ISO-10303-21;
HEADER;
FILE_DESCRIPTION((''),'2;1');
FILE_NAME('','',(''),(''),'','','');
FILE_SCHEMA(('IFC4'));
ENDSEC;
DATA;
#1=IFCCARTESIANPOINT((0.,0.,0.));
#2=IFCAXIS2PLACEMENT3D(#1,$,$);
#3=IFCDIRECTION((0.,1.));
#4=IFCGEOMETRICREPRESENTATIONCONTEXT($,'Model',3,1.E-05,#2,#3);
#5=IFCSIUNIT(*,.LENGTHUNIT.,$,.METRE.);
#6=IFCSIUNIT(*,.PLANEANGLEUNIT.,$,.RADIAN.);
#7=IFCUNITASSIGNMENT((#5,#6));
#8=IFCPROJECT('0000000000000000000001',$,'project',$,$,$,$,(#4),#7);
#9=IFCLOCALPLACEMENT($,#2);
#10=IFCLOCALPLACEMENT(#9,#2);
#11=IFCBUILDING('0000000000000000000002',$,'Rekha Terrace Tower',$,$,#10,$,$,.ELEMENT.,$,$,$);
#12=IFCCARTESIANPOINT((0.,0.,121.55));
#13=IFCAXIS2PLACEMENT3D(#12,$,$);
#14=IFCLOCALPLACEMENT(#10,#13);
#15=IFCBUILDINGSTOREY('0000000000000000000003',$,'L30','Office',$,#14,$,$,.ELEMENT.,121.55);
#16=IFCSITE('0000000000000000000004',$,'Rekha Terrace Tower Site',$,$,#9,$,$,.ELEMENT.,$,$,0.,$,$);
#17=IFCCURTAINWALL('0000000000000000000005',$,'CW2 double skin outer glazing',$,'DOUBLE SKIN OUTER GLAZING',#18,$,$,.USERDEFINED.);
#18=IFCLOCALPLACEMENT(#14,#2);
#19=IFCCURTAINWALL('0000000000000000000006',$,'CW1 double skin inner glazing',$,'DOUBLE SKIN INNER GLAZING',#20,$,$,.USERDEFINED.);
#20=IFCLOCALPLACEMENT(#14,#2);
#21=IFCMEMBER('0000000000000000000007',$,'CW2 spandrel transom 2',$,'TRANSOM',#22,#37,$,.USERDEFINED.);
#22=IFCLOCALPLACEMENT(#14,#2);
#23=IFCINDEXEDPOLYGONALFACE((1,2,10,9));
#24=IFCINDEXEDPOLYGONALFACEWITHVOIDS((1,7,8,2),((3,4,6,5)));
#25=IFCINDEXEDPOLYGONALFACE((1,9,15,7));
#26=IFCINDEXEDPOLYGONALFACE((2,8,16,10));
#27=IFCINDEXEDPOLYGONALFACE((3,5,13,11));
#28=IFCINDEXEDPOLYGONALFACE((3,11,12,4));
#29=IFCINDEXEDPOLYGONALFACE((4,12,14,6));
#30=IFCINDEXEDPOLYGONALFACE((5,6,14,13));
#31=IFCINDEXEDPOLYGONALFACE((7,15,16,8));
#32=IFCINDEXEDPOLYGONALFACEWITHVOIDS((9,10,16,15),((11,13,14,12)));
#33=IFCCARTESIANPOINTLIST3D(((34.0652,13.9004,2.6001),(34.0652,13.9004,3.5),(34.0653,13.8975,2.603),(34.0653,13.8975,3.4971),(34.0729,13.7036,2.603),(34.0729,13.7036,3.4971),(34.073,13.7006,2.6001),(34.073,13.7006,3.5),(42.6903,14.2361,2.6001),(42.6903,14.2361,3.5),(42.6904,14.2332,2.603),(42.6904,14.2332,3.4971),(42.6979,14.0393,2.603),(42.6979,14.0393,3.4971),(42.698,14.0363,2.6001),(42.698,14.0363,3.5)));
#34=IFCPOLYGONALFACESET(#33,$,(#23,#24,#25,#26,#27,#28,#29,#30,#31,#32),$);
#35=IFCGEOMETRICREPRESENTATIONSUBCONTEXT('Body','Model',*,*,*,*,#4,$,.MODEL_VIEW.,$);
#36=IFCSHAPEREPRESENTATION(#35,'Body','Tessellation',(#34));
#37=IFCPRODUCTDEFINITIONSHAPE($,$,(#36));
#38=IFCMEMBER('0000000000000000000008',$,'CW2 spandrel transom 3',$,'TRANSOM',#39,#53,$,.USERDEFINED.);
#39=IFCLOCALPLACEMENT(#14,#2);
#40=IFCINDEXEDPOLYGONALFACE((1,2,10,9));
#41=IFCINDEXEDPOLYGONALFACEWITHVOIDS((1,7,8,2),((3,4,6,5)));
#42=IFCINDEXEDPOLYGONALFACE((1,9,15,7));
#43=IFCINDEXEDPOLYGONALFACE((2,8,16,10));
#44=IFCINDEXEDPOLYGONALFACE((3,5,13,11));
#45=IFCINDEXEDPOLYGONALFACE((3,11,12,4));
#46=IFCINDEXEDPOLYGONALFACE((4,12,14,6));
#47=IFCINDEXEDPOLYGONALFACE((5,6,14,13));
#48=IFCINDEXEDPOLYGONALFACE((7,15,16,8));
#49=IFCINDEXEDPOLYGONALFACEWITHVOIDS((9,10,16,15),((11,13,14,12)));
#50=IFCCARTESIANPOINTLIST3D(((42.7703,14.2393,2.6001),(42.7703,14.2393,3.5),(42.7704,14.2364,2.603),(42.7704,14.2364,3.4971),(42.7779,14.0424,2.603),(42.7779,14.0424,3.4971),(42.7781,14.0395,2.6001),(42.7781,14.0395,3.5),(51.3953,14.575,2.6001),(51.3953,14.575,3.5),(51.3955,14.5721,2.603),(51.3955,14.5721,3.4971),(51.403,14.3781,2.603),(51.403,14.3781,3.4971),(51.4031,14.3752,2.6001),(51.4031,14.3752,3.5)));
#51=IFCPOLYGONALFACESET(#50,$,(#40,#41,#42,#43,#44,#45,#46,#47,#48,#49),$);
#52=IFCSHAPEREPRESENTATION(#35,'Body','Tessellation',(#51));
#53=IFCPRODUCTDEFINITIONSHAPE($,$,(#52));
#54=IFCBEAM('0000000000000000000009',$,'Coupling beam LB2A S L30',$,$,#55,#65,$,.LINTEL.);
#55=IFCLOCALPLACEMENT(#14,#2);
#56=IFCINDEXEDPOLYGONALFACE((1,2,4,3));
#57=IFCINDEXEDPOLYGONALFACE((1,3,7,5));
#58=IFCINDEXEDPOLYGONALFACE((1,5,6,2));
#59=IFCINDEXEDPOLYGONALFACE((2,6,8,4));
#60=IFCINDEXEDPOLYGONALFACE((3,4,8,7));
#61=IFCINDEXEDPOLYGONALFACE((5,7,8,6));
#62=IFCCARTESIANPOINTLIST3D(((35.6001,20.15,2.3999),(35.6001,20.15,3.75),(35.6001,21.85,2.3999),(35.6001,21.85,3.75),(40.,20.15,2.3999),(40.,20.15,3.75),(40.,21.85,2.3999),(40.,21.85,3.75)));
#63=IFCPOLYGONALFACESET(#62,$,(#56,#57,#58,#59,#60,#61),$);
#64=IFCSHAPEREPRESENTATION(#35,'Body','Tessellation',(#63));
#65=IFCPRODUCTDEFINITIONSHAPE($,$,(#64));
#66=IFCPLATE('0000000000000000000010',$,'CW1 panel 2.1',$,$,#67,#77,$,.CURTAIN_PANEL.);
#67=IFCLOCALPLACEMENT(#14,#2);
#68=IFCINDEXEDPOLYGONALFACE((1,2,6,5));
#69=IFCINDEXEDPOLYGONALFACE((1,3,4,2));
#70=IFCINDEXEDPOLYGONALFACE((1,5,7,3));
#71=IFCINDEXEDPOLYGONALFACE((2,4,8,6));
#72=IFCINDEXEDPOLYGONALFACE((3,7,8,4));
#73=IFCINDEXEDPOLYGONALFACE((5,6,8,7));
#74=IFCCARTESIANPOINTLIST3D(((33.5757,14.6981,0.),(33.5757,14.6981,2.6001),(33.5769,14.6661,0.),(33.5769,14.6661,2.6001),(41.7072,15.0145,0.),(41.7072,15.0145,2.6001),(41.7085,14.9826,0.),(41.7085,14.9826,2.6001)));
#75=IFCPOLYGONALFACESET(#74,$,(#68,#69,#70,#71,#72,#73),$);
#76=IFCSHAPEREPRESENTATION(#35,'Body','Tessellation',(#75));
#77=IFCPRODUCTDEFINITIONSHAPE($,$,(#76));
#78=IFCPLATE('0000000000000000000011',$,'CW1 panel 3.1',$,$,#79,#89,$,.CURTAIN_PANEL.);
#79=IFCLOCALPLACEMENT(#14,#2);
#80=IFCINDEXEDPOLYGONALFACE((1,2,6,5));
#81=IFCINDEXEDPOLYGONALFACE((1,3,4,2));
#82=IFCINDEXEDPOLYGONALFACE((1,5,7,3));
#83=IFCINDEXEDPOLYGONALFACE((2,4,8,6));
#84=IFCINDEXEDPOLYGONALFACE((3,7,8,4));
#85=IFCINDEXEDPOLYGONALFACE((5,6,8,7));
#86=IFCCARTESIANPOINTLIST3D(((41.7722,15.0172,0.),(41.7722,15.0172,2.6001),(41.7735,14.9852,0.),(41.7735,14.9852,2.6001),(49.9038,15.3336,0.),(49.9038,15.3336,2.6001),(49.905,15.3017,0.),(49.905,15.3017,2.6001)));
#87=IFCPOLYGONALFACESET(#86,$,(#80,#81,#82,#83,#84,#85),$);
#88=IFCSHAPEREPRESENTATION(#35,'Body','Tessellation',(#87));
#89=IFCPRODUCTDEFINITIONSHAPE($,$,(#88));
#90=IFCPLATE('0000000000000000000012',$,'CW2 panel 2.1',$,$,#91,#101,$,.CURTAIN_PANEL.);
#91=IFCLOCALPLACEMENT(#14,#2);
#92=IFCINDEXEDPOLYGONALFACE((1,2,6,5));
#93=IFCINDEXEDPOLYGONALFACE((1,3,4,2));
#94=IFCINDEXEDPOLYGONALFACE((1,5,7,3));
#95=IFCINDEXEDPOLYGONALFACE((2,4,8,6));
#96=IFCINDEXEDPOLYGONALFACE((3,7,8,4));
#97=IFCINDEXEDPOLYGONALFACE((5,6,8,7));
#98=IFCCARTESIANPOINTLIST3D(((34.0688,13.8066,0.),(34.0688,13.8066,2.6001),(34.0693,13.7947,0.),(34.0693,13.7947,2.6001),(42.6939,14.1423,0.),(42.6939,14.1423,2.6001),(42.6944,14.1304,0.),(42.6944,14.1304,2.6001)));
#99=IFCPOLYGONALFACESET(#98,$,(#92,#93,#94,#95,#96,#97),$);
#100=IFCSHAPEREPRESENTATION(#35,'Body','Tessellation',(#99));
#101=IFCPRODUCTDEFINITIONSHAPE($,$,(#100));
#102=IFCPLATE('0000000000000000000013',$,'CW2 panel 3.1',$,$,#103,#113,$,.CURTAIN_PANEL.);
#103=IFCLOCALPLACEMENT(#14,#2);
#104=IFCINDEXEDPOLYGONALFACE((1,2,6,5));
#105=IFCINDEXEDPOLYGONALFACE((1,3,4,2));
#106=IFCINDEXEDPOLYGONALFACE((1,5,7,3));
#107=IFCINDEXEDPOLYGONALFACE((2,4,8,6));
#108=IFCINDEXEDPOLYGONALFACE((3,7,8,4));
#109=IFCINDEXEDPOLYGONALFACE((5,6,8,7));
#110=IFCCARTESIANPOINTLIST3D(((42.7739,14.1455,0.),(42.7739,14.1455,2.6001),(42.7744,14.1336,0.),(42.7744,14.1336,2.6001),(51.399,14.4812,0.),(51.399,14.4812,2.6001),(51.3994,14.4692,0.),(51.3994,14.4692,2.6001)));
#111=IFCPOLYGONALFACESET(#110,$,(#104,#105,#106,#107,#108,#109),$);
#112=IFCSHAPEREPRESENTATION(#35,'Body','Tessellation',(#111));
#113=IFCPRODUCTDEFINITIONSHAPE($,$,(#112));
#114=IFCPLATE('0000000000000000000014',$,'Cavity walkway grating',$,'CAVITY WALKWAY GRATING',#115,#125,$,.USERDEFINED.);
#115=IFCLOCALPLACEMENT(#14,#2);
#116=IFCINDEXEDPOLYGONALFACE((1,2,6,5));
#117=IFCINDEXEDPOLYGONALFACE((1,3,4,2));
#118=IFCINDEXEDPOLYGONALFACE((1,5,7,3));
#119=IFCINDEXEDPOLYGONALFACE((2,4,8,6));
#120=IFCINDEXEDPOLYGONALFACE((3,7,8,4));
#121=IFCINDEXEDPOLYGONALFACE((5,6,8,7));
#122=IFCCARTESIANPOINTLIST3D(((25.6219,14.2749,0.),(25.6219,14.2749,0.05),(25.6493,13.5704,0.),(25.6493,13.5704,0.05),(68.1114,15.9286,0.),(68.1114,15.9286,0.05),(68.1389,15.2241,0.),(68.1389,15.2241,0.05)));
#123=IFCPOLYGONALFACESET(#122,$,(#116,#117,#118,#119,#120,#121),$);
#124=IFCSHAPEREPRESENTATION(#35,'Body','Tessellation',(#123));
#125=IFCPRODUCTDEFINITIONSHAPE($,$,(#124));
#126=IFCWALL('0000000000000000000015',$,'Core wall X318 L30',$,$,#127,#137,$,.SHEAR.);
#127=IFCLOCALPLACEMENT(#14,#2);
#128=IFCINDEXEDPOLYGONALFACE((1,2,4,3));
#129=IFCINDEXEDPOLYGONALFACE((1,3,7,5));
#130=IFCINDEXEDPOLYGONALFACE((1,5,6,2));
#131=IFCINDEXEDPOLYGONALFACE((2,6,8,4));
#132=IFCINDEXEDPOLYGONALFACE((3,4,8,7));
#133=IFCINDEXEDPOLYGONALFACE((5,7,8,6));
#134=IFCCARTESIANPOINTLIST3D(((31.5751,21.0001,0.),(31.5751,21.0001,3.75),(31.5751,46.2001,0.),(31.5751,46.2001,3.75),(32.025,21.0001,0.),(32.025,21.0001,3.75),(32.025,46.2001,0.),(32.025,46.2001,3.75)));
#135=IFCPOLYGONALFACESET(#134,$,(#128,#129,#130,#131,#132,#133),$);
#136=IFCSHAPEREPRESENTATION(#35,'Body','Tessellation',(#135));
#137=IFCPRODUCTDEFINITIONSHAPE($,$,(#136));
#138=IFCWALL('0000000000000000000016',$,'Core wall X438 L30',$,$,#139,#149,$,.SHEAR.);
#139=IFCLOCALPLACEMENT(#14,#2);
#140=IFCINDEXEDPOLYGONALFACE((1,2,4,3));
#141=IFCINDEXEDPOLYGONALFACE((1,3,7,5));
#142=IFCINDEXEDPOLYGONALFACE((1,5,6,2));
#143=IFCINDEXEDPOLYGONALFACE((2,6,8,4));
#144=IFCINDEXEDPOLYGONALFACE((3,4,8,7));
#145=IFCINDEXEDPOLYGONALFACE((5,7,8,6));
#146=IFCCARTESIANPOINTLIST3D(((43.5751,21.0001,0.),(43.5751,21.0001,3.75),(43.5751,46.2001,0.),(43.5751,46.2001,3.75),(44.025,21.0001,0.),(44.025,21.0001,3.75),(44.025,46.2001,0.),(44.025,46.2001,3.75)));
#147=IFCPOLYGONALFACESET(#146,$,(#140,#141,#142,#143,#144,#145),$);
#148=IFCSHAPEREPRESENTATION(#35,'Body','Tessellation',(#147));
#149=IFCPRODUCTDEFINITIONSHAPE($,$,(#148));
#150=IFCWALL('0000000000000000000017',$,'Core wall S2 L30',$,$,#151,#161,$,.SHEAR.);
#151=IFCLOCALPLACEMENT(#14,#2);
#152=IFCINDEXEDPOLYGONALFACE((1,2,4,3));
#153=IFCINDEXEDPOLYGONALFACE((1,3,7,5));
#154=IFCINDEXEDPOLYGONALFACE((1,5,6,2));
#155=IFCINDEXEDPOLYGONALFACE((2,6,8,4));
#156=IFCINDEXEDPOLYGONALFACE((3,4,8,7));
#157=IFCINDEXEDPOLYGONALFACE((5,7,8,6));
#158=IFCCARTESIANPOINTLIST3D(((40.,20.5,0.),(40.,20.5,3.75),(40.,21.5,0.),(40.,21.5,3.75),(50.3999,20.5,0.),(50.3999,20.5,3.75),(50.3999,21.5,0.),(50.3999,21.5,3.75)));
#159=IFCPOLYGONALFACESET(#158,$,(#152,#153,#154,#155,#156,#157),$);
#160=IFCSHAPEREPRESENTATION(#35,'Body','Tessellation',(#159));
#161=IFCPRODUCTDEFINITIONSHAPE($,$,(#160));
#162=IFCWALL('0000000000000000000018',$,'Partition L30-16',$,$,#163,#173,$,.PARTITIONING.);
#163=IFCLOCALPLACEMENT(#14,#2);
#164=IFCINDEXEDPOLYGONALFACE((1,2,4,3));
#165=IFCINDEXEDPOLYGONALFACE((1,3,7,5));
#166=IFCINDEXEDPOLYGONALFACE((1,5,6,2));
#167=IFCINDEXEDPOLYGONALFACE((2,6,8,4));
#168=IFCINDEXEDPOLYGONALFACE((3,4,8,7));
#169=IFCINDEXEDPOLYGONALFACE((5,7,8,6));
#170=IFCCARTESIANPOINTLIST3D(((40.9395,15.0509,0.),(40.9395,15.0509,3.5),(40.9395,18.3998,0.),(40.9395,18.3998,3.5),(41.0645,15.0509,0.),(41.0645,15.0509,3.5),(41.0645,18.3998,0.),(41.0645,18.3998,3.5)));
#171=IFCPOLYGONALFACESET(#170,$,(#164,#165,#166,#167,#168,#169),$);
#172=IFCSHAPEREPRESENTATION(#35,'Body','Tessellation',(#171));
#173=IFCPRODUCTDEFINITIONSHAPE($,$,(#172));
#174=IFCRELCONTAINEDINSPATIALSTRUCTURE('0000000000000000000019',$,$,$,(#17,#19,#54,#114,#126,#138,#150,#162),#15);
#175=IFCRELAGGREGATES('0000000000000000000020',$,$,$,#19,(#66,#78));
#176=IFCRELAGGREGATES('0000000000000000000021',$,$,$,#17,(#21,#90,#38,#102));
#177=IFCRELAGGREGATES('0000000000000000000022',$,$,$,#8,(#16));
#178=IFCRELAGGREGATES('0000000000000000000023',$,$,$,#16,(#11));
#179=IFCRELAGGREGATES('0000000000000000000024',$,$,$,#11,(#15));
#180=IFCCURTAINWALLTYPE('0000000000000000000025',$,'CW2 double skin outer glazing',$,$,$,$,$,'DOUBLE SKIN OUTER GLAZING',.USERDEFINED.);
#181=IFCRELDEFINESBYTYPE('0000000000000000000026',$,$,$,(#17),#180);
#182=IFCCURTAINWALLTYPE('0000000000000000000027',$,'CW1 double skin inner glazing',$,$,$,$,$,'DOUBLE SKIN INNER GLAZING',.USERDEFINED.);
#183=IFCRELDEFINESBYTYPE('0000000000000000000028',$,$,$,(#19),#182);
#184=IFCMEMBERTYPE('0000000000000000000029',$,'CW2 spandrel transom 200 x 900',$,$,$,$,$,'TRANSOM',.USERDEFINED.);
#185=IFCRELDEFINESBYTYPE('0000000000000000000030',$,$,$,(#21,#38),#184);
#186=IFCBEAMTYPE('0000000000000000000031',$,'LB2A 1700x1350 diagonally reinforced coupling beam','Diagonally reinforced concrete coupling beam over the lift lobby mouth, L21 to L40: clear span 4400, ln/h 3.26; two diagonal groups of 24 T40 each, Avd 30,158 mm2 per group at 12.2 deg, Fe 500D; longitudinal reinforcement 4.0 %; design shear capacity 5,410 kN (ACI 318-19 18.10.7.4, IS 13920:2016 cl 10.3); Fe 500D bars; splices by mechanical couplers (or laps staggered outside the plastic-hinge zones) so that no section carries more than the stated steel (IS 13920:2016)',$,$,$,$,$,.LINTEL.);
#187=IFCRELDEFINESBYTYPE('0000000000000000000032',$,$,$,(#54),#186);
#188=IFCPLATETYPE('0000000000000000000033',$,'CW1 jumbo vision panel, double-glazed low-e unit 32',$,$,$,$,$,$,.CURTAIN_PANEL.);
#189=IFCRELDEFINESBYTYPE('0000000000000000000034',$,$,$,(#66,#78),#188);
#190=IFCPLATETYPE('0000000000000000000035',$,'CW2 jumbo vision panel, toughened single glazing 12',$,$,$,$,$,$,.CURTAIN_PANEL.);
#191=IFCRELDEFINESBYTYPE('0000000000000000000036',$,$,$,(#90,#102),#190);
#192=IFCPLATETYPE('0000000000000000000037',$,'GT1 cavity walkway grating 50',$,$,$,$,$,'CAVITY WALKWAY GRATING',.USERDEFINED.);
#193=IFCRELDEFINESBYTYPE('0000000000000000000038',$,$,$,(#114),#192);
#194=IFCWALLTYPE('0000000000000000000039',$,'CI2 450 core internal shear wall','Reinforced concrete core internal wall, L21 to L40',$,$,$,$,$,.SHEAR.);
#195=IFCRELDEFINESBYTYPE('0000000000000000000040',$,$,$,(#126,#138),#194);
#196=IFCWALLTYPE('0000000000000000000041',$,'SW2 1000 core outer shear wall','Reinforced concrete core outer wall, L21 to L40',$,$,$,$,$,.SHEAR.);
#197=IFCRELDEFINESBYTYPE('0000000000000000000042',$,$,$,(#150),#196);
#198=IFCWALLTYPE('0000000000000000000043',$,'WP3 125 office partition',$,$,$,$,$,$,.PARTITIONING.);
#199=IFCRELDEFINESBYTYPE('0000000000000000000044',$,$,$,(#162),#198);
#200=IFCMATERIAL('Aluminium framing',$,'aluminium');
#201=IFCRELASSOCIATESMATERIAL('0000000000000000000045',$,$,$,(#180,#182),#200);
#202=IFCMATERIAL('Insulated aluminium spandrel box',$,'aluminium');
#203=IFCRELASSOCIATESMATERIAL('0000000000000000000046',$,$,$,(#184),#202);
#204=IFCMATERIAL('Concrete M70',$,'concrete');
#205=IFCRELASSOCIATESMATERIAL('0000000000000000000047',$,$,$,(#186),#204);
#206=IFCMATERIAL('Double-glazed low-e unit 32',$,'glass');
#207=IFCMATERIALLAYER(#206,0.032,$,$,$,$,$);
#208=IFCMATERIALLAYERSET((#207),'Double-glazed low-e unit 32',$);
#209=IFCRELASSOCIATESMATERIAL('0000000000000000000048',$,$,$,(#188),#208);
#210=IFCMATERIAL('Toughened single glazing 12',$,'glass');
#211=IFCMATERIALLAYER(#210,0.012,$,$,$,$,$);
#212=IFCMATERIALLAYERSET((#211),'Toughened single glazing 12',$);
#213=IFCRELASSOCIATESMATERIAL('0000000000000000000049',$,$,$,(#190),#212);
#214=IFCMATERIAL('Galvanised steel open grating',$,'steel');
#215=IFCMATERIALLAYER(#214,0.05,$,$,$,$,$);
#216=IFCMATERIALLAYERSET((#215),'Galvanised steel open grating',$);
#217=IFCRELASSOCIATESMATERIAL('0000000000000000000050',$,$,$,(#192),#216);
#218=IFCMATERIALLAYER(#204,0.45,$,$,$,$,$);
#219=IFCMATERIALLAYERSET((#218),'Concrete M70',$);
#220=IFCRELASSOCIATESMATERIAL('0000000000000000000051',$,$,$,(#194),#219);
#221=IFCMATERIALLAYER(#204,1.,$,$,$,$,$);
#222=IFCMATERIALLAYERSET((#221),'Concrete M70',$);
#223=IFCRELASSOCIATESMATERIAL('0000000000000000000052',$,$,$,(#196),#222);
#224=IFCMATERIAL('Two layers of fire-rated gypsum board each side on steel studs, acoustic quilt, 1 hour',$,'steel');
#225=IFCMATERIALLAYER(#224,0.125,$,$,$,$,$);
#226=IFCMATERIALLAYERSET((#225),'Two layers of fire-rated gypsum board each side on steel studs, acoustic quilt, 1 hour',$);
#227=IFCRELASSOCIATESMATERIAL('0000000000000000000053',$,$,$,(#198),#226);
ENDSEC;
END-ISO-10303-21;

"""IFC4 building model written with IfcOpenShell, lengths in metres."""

from ifc_helpers import new_model, si_unit, direction, frame, frame_2d, origin, origin_2d, place, context, subcontext, project, spatial, rectangle, hollow_rectangle, extrude, material, layer, layer_set, material_profile, profile_set, type_object, element, aggregate, save


model = new_model("IFC4")

# Units and contexts
model_context = context("Model", 3, precision=1e-05, world=origin(), true_north=direction((0.0, 1.0)))
body_context = subcontext(model_context, "Body", "Model", "MODEL_VIEW")
ifc_project = project(units=[si_unit("LENGTHUNIT", "METRE"), si_unit("PLANEANGLEUNIT", "RADIAN")], contexts=[model_context])

# Site, building, storey
site_placement = place(None, origin())
site = spatial("IfcSite", under=ifc_project, at=site_placement, Name="Rekha Terrace Tower Site", CompositionType="ELEMENT", RefElevation=0.0)
building_placement = place(site_placement, origin())
building = spatial("IfcBuilding", under=site, at=building_placement, Name="Rekha Terrace Tower", CompositionType="ELEMENT")
storey_placement = place(building_placement, frame((0.0, 0.0, 121.55)))
storey = spatial("IfcBuildingStorey", under=building, at=storey_placement, Name="L30", Description="Office", CompositionType="ELEMENT", Elevation=121.55)

# Shared definitions
ifc_material_1 = material(Name="Concrete M70", Category="concrete")

# Curtain walls
ifc_material_2 = material(Name="Aluminium framing", Category="aluminium")
curtain_wall_type_1 = type_object("IfcCurtainWallType", Name="CW2 double skin outer glazing", ElementType="DOUBLE SKIN OUTER GLAZING", PredefinedType="USERDEFINED", material=ifc_material_2)
curtain_wall_1_placement = place(storey_placement, origin())
curtain_wall_1 = element("IfcCurtainWall", 1, at=curtain_wall_1_placement, inside=storey, type_object=curtain_wall_type_1, Name="CW2 double skin outer glazing", ObjectType="DOUBLE SKIN OUTER GLAZING", PredefinedType="USERDEFINED")
curtain_wall_type_2 = type_object("IfcCurtainWallType", Name="CW1 double skin inner glazing", ElementType="DOUBLE SKIN INNER GLAZING", PredefinedType="USERDEFINED", material=ifc_material_2)
curtain_wall_2_placement = place(storey_placement, origin())
curtain_wall_2 = element("IfcCurtainWall", 2, at=curtain_wall_2_placement, inside=storey, type_object=curtain_wall_type_2, Name="CW1 double skin inner glazing", ObjectType="DOUBLE SKIN INNER GLAZING", PredefinedType="USERDEFINED")
ifc_material_3 = material(Name="Insulated aluminium spandrel box", Category="aluminium")

# Members
ifc_material_profile_1 = material_profile(ifc_material_3, hollow_rectangle(XDim=0.2, YDim=0.8999, WallThickness=0.0029, at=origin_2d()), Name="AL SPANDREL BOX 200x900")
ifc_profile_set_1 = profile_set([ifc_material_profile_1], Name="Insulated aluminium spandrel box")
member_type_1 = type_object("IfcMemberType", Name="CW2 spandrel transom 200 x 900", ElementType="TRANSOM", PredefinedType="USERDEFINED", material=ifc_profile_set_1)
member_1_placement = place(storey_placement, frame((34.0691, 13.8005, 3.05), z_axis=(0.999243, 0.038892, 0.0), x_axis=(-0.038892, 0.999243, 0.0)))
member_1 = element("IfcMember", 3, at=member_1_placement, type_object=member_type_1, Name="CW2 spandrel transom 2", ObjectType="TRANSOM", PredefinedType="USERDEFINED", context=body_context, shape_type="SweptSolid", body=[
    extrude(hollow_rectangle(XDim=0.2, YDim=0.8999, WallThickness=0.0029, at=origin_2d()), origin(), (0.0, 0.0, 1.0), 8.6316),
])
member_2_placement = place(storey_placement, frame((42.7742, 14.1394, 3.05), z_axis=(0.999243, 0.038892, 0.0), x_axis=(-0.038892, 0.999243, 0.0)))
member_2 = element("IfcMember", 4, at=member_2_placement, type_object=member_type_1, Name="CW2 spandrel transom 3", ObjectType="TRANSOM", PredefinedType="USERDEFINED", context=body_context, shape_type="SweptSolid", body=[
    extrude(hollow_rectangle(XDim=0.2, YDim=0.8999, WallThickness=0.0029, at=origin_2d()), origin(), (0.0, 0.0, 1.0), 8.6316),
])

# Beam
ifc_material_profile_2 = material_profile(ifc_material_1, rectangle(XDim=1.7, YDim=1.3501, at=origin_2d()), Name="RC 1700x1350")
ifc_profile_set_2 = profile_set([ifc_material_profile_2], Name="Concrete M70")
beam_type = type_object("IfcBeamType", Name="LB2A 1700x1350 diagonally reinforced coupling beam", Description="Diagonally reinforced concrete coupling beam over the lift lobby mouth, L21 to L40: clear span 4400, ln/h 3.26; two diagonal groups of 24 T40 each, Avd 30,158 mm2 per group at 12.2 deg, Fe 500D; longitudinal reinforcement 4.0 %; design shear capacity 5,410 kN (ACI 318-19 18.10.7.4, IS 13920:2016 cl 10.3); Fe 500D bars; splices by mechanical couplers (or laps staggered outside the plastic-hinge zones) so that no section carries more than the stated steel (IS 13920:2016)", PredefinedType="LINTEL", material=ifc_profile_set_2)
beam_placement = place(storey_placement, frame((35.6001, 21.0, 3.075), z_axis=(1.0, 0.0, 0.0), x_axis=(0.0, 1.0, 0.0)))
element("IfcBeam", 5, at=beam_placement, inside=storey, type_object=beam_type, Name="Coupling beam LB2A S L30", PredefinedType="LINTEL", context=body_context, shape_type="SweptSolid", body=[
    extrude(rectangle(XDim=1.7, YDim=1.3501, at=origin_2d()), origin(), (0.0, 0.0, 1.0), 4.3999),
])

# Plates
ifc_material_4 = material(Name="Double-glazed low-e unit 32", Category="glass")
ifc_layer_1 = layer(ifc_material_4, 0.032)
ifc_layer_set_1 = layer_set([ifc_layer_1], Name="Double-glazed low-e unit 32")
plate_type_1 = type_object("IfcPlateType", Name="CW1 jumbo vision panel, double-glazed low-e unit 32", PredefinedType="CURTAIN_PANEL", material=ifc_layer_set_1)
plate_1_placement = place(storey_placement, frame((37.6421, 14.8403, 0.0), z_axis=(0.0, 0.0, 1.0), x_axis=(0.999243, 0.03889, 0.0)))
plate_1 = element("IfcPlate", 6, at=plate_1_placement, type_object=plate_type_1, Name="CW1 panel 2.1", PredefinedType="CURTAIN_PANEL", context=body_context, shape_type="SweptSolid", body=[
    extrude(rectangle(XDim=8.1377, YDim=0.032, at=origin_2d()), origin(), (0.0, 0.0, 1.0), 2.6001),
])
plate_2_placement = place(storey_placement, frame((45.8386, 15.1594, 0.0), z_axis=(0.0, 0.0, 1.0), x_axis=(0.999243, 0.03889, 0.0)))
plate_2 = element("IfcPlate", 7, at=plate_2_placement, type_object=plate_type_1, Name="CW1 panel 3.1", PredefinedType="CURTAIN_PANEL", context=body_context, shape_type="SweptSolid", body=[
    extrude(rectangle(XDim=8.1377, YDim=0.032, at=origin_2d()), origin(), (0.0, 0.0, 1.0), 2.6001),
])
aggregate(curtain_wall_2, [plate_1, plate_2])
ifc_material_5 = material(Name="Toughened single glazing 12", Category="glass")
ifc_layer_2 = layer(ifc_material_5, 0.012)
ifc_layer_set_2 = layer_set([ifc_layer_2], Name="Toughened single glazing 12")
plate_type_2 = type_object("IfcPlateType", Name="CW2 jumbo vision panel, toughened single glazing 12", PredefinedType="CURTAIN_PANEL", material=ifc_layer_set_2)
plate_3_placement = place(storey_placement, frame((38.3816, 13.9685, 0.0), z_axis=(0.0, 0.0, 1.0), x_axis=(0.999243, 0.03889, 0.0)))
plate_3 = element("IfcPlate", 8, at=plate_3_placement, type_object=plate_type_2, Name="CW2 panel 2.1", PredefinedType="CURTAIN_PANEL", context=body_context, shape_type="SweptSolid", body=[
    extrude(rectangle(XDim=8.6316, YDim=0.012, at=origin_2d()), origin(), (0.0, 0.0, 1.0), 2.6001),
])
plate_4_placement = place(storey_placement, frame((47.0867, 14.3074, 0.0), z_axis=(0.0, 0.0, 1.0), x_axis=(0.999243, 0.03889, 0.0)))
plate_4 = element("IfcPlate", 9, at=plate_4_placement, type_object=plate_type_2, Name="CW2 panel 3.1", PredefinedType="CURTAIN_PANEL", context=body_context, shape_type="SweptSolid", body=[
    extrude(rectangle(XDim=8.6316, YDim=0.012, at=origin_2d()), origin(), (0.0, 0.0, 1.0), 2.6001),
])
aggregate(curtain_wall_1, [member_1, plate_3, member_2, plate_4])
ifc_material_6 = material(Name="Galvanised steel open grating", Category="steel")
ifc_layer_3 = layer(ifc_material_6, 0.05)
ifc_layer_set_3 = layer_set([ifc_layer_3], Name="Galvanised steel open grating")
plate_type_3 = type_object("IfcPlateType", Name="GT1 cavity walkway grating 50", ElementType="CAVITY WALKWAY GRATING", PredefinedType="USERDEFINED", material=ifc_layer_set_3)
plate_5_placement = place(storey_placement, frame((46.8804, 14.7495, 0.0), z_axis=(0.0, 0.0, 1.0), x_axis=(0.999243, 0.03889, 0.0)))
element("IfcPlate", 10, at=plate_5_placement, inside=storey, type_object=plate_type_3, Name="Cavity walkway grating", ObjectType="CAVITY WALKWAY GRATING", PredefinedType="USERDEFINED", context=body_context, shape_type="SweptSolid", body=[
    extrude(rectangle(XDim=42.5217, YDim=0.7051, at=origin_2d()), origin(), (0.0, 0.0, 1.0), 0.05),
])

# Walls
ifc_layer_4 = layer(ifc_material_1, 0.45)
ifc_layer_set_4 = layer_set([ifc_layer_4], Name="Concrete M70")
wall_type_1 = type_object("IfcWallType", Name="CI2 450 core internal shear wall", Description="Reinforced concrete core internal wall, L21 to L40", PredefinedType="SHEAR", material=ifc_layer_set_4)
for number, where, z_axis, x_axis, name in (
    (11, (31.8, 21.0, 0.0), (0.0, 0.0, 1.0), (0.0, 1.0, 0.0), "Core wall X318 L30"),
    (12, (43.8, 21.0, 0.0), (0.0, 0.0, 1.0), (0.0, 1.0, 0.0), "Core wall X438 L30"),
):
    element("IfcWall", number, at=place(storey_placement, frame(where, z_axis=z_axis, x_axis=x_axis)), inside=storey, type_object=wall_type_1, Name=name, PredefinedType="SHEAR", context=body_context, shape_type="SweptSolid", body=[
        extrude(rectangle(XDim=25.2, YDim=0.45, at=frame_2d((12.6001, 0.0))), origin(), (0.0, 0.0, 1.0), 3.75),
    ])
ifc_layer_5 = layer(ifc_material_1, 1.0)
ifc_layer_set_5 = layer_set([ifc_layer_5], Name="Concrete M70")
wall_type_2 = type_object("IfcWallType", Name="SW2 1000 core outer shear wall", Description="Reinforced concrete core outer wall, L21 to L40", PredefinedType="SHEAR", material=ifc_layer_set_5)
wall_1_placement = place(storey_placement, frame((40.0, 21.0, 0.0), z_axis=(0.0, 0.0, 1.0), x_axis=(1.0, 0.0, 0.0)))
element("IfcWall", 13, at=wall_1_placement, inside=storey, type_object=wall_type_2, Name="Core wall S2 L30", PredefinedType="SHEAR", context=body_context, shape_type="SweptSolid", body=[
    extrude(rectangle(XDim=10.3999, YDim=1.0, at=frame_2d((5.2, 0.0))), origin(), (0.0, 0.0, 1.0), 3.75),
])
ifc_material_7 = material(Name="Two layers of fire-rated gypsum board each side on steel studs, acoustic quilt, 1 hour", Category="steel")
ifc_layer_6 = layer(ifc_material_7, 0.125)
ifc_layer_set_6 = layer_set([ifc_layer_6], Name="Two layers of fire-rated gypsum board each side on steel studs, acoustic quilt, 1 hour")
wall_type_3 = type_object("IfcWallType", Name="WP3 125 office partition", PredefinedType="PARTITIONING", material=ifc_layer_set_6)
wall_2_placement = place(storey_placement, frame((41.002, 15.051, 0.0), z_axis=(0.0, 0.0, 1.0), x_axis=(0.0, 1.0, 0.0)))
element("IfcWall", 14, at=wall_2_placement, inside=storey, type_object=wall_type_3, Name="Partition L30-16", PredefinedType="PARTITIONING", context=body_context, shape_type="SweptSolid", body=[
    extrude(rectangle(XDim=3.3489, YDim=0.125, at=frame_2d((1.6743, 0.0))), origin(), (0.0, 0.0, 1.0), 3.5),
])

save(model, "model.ifc")
